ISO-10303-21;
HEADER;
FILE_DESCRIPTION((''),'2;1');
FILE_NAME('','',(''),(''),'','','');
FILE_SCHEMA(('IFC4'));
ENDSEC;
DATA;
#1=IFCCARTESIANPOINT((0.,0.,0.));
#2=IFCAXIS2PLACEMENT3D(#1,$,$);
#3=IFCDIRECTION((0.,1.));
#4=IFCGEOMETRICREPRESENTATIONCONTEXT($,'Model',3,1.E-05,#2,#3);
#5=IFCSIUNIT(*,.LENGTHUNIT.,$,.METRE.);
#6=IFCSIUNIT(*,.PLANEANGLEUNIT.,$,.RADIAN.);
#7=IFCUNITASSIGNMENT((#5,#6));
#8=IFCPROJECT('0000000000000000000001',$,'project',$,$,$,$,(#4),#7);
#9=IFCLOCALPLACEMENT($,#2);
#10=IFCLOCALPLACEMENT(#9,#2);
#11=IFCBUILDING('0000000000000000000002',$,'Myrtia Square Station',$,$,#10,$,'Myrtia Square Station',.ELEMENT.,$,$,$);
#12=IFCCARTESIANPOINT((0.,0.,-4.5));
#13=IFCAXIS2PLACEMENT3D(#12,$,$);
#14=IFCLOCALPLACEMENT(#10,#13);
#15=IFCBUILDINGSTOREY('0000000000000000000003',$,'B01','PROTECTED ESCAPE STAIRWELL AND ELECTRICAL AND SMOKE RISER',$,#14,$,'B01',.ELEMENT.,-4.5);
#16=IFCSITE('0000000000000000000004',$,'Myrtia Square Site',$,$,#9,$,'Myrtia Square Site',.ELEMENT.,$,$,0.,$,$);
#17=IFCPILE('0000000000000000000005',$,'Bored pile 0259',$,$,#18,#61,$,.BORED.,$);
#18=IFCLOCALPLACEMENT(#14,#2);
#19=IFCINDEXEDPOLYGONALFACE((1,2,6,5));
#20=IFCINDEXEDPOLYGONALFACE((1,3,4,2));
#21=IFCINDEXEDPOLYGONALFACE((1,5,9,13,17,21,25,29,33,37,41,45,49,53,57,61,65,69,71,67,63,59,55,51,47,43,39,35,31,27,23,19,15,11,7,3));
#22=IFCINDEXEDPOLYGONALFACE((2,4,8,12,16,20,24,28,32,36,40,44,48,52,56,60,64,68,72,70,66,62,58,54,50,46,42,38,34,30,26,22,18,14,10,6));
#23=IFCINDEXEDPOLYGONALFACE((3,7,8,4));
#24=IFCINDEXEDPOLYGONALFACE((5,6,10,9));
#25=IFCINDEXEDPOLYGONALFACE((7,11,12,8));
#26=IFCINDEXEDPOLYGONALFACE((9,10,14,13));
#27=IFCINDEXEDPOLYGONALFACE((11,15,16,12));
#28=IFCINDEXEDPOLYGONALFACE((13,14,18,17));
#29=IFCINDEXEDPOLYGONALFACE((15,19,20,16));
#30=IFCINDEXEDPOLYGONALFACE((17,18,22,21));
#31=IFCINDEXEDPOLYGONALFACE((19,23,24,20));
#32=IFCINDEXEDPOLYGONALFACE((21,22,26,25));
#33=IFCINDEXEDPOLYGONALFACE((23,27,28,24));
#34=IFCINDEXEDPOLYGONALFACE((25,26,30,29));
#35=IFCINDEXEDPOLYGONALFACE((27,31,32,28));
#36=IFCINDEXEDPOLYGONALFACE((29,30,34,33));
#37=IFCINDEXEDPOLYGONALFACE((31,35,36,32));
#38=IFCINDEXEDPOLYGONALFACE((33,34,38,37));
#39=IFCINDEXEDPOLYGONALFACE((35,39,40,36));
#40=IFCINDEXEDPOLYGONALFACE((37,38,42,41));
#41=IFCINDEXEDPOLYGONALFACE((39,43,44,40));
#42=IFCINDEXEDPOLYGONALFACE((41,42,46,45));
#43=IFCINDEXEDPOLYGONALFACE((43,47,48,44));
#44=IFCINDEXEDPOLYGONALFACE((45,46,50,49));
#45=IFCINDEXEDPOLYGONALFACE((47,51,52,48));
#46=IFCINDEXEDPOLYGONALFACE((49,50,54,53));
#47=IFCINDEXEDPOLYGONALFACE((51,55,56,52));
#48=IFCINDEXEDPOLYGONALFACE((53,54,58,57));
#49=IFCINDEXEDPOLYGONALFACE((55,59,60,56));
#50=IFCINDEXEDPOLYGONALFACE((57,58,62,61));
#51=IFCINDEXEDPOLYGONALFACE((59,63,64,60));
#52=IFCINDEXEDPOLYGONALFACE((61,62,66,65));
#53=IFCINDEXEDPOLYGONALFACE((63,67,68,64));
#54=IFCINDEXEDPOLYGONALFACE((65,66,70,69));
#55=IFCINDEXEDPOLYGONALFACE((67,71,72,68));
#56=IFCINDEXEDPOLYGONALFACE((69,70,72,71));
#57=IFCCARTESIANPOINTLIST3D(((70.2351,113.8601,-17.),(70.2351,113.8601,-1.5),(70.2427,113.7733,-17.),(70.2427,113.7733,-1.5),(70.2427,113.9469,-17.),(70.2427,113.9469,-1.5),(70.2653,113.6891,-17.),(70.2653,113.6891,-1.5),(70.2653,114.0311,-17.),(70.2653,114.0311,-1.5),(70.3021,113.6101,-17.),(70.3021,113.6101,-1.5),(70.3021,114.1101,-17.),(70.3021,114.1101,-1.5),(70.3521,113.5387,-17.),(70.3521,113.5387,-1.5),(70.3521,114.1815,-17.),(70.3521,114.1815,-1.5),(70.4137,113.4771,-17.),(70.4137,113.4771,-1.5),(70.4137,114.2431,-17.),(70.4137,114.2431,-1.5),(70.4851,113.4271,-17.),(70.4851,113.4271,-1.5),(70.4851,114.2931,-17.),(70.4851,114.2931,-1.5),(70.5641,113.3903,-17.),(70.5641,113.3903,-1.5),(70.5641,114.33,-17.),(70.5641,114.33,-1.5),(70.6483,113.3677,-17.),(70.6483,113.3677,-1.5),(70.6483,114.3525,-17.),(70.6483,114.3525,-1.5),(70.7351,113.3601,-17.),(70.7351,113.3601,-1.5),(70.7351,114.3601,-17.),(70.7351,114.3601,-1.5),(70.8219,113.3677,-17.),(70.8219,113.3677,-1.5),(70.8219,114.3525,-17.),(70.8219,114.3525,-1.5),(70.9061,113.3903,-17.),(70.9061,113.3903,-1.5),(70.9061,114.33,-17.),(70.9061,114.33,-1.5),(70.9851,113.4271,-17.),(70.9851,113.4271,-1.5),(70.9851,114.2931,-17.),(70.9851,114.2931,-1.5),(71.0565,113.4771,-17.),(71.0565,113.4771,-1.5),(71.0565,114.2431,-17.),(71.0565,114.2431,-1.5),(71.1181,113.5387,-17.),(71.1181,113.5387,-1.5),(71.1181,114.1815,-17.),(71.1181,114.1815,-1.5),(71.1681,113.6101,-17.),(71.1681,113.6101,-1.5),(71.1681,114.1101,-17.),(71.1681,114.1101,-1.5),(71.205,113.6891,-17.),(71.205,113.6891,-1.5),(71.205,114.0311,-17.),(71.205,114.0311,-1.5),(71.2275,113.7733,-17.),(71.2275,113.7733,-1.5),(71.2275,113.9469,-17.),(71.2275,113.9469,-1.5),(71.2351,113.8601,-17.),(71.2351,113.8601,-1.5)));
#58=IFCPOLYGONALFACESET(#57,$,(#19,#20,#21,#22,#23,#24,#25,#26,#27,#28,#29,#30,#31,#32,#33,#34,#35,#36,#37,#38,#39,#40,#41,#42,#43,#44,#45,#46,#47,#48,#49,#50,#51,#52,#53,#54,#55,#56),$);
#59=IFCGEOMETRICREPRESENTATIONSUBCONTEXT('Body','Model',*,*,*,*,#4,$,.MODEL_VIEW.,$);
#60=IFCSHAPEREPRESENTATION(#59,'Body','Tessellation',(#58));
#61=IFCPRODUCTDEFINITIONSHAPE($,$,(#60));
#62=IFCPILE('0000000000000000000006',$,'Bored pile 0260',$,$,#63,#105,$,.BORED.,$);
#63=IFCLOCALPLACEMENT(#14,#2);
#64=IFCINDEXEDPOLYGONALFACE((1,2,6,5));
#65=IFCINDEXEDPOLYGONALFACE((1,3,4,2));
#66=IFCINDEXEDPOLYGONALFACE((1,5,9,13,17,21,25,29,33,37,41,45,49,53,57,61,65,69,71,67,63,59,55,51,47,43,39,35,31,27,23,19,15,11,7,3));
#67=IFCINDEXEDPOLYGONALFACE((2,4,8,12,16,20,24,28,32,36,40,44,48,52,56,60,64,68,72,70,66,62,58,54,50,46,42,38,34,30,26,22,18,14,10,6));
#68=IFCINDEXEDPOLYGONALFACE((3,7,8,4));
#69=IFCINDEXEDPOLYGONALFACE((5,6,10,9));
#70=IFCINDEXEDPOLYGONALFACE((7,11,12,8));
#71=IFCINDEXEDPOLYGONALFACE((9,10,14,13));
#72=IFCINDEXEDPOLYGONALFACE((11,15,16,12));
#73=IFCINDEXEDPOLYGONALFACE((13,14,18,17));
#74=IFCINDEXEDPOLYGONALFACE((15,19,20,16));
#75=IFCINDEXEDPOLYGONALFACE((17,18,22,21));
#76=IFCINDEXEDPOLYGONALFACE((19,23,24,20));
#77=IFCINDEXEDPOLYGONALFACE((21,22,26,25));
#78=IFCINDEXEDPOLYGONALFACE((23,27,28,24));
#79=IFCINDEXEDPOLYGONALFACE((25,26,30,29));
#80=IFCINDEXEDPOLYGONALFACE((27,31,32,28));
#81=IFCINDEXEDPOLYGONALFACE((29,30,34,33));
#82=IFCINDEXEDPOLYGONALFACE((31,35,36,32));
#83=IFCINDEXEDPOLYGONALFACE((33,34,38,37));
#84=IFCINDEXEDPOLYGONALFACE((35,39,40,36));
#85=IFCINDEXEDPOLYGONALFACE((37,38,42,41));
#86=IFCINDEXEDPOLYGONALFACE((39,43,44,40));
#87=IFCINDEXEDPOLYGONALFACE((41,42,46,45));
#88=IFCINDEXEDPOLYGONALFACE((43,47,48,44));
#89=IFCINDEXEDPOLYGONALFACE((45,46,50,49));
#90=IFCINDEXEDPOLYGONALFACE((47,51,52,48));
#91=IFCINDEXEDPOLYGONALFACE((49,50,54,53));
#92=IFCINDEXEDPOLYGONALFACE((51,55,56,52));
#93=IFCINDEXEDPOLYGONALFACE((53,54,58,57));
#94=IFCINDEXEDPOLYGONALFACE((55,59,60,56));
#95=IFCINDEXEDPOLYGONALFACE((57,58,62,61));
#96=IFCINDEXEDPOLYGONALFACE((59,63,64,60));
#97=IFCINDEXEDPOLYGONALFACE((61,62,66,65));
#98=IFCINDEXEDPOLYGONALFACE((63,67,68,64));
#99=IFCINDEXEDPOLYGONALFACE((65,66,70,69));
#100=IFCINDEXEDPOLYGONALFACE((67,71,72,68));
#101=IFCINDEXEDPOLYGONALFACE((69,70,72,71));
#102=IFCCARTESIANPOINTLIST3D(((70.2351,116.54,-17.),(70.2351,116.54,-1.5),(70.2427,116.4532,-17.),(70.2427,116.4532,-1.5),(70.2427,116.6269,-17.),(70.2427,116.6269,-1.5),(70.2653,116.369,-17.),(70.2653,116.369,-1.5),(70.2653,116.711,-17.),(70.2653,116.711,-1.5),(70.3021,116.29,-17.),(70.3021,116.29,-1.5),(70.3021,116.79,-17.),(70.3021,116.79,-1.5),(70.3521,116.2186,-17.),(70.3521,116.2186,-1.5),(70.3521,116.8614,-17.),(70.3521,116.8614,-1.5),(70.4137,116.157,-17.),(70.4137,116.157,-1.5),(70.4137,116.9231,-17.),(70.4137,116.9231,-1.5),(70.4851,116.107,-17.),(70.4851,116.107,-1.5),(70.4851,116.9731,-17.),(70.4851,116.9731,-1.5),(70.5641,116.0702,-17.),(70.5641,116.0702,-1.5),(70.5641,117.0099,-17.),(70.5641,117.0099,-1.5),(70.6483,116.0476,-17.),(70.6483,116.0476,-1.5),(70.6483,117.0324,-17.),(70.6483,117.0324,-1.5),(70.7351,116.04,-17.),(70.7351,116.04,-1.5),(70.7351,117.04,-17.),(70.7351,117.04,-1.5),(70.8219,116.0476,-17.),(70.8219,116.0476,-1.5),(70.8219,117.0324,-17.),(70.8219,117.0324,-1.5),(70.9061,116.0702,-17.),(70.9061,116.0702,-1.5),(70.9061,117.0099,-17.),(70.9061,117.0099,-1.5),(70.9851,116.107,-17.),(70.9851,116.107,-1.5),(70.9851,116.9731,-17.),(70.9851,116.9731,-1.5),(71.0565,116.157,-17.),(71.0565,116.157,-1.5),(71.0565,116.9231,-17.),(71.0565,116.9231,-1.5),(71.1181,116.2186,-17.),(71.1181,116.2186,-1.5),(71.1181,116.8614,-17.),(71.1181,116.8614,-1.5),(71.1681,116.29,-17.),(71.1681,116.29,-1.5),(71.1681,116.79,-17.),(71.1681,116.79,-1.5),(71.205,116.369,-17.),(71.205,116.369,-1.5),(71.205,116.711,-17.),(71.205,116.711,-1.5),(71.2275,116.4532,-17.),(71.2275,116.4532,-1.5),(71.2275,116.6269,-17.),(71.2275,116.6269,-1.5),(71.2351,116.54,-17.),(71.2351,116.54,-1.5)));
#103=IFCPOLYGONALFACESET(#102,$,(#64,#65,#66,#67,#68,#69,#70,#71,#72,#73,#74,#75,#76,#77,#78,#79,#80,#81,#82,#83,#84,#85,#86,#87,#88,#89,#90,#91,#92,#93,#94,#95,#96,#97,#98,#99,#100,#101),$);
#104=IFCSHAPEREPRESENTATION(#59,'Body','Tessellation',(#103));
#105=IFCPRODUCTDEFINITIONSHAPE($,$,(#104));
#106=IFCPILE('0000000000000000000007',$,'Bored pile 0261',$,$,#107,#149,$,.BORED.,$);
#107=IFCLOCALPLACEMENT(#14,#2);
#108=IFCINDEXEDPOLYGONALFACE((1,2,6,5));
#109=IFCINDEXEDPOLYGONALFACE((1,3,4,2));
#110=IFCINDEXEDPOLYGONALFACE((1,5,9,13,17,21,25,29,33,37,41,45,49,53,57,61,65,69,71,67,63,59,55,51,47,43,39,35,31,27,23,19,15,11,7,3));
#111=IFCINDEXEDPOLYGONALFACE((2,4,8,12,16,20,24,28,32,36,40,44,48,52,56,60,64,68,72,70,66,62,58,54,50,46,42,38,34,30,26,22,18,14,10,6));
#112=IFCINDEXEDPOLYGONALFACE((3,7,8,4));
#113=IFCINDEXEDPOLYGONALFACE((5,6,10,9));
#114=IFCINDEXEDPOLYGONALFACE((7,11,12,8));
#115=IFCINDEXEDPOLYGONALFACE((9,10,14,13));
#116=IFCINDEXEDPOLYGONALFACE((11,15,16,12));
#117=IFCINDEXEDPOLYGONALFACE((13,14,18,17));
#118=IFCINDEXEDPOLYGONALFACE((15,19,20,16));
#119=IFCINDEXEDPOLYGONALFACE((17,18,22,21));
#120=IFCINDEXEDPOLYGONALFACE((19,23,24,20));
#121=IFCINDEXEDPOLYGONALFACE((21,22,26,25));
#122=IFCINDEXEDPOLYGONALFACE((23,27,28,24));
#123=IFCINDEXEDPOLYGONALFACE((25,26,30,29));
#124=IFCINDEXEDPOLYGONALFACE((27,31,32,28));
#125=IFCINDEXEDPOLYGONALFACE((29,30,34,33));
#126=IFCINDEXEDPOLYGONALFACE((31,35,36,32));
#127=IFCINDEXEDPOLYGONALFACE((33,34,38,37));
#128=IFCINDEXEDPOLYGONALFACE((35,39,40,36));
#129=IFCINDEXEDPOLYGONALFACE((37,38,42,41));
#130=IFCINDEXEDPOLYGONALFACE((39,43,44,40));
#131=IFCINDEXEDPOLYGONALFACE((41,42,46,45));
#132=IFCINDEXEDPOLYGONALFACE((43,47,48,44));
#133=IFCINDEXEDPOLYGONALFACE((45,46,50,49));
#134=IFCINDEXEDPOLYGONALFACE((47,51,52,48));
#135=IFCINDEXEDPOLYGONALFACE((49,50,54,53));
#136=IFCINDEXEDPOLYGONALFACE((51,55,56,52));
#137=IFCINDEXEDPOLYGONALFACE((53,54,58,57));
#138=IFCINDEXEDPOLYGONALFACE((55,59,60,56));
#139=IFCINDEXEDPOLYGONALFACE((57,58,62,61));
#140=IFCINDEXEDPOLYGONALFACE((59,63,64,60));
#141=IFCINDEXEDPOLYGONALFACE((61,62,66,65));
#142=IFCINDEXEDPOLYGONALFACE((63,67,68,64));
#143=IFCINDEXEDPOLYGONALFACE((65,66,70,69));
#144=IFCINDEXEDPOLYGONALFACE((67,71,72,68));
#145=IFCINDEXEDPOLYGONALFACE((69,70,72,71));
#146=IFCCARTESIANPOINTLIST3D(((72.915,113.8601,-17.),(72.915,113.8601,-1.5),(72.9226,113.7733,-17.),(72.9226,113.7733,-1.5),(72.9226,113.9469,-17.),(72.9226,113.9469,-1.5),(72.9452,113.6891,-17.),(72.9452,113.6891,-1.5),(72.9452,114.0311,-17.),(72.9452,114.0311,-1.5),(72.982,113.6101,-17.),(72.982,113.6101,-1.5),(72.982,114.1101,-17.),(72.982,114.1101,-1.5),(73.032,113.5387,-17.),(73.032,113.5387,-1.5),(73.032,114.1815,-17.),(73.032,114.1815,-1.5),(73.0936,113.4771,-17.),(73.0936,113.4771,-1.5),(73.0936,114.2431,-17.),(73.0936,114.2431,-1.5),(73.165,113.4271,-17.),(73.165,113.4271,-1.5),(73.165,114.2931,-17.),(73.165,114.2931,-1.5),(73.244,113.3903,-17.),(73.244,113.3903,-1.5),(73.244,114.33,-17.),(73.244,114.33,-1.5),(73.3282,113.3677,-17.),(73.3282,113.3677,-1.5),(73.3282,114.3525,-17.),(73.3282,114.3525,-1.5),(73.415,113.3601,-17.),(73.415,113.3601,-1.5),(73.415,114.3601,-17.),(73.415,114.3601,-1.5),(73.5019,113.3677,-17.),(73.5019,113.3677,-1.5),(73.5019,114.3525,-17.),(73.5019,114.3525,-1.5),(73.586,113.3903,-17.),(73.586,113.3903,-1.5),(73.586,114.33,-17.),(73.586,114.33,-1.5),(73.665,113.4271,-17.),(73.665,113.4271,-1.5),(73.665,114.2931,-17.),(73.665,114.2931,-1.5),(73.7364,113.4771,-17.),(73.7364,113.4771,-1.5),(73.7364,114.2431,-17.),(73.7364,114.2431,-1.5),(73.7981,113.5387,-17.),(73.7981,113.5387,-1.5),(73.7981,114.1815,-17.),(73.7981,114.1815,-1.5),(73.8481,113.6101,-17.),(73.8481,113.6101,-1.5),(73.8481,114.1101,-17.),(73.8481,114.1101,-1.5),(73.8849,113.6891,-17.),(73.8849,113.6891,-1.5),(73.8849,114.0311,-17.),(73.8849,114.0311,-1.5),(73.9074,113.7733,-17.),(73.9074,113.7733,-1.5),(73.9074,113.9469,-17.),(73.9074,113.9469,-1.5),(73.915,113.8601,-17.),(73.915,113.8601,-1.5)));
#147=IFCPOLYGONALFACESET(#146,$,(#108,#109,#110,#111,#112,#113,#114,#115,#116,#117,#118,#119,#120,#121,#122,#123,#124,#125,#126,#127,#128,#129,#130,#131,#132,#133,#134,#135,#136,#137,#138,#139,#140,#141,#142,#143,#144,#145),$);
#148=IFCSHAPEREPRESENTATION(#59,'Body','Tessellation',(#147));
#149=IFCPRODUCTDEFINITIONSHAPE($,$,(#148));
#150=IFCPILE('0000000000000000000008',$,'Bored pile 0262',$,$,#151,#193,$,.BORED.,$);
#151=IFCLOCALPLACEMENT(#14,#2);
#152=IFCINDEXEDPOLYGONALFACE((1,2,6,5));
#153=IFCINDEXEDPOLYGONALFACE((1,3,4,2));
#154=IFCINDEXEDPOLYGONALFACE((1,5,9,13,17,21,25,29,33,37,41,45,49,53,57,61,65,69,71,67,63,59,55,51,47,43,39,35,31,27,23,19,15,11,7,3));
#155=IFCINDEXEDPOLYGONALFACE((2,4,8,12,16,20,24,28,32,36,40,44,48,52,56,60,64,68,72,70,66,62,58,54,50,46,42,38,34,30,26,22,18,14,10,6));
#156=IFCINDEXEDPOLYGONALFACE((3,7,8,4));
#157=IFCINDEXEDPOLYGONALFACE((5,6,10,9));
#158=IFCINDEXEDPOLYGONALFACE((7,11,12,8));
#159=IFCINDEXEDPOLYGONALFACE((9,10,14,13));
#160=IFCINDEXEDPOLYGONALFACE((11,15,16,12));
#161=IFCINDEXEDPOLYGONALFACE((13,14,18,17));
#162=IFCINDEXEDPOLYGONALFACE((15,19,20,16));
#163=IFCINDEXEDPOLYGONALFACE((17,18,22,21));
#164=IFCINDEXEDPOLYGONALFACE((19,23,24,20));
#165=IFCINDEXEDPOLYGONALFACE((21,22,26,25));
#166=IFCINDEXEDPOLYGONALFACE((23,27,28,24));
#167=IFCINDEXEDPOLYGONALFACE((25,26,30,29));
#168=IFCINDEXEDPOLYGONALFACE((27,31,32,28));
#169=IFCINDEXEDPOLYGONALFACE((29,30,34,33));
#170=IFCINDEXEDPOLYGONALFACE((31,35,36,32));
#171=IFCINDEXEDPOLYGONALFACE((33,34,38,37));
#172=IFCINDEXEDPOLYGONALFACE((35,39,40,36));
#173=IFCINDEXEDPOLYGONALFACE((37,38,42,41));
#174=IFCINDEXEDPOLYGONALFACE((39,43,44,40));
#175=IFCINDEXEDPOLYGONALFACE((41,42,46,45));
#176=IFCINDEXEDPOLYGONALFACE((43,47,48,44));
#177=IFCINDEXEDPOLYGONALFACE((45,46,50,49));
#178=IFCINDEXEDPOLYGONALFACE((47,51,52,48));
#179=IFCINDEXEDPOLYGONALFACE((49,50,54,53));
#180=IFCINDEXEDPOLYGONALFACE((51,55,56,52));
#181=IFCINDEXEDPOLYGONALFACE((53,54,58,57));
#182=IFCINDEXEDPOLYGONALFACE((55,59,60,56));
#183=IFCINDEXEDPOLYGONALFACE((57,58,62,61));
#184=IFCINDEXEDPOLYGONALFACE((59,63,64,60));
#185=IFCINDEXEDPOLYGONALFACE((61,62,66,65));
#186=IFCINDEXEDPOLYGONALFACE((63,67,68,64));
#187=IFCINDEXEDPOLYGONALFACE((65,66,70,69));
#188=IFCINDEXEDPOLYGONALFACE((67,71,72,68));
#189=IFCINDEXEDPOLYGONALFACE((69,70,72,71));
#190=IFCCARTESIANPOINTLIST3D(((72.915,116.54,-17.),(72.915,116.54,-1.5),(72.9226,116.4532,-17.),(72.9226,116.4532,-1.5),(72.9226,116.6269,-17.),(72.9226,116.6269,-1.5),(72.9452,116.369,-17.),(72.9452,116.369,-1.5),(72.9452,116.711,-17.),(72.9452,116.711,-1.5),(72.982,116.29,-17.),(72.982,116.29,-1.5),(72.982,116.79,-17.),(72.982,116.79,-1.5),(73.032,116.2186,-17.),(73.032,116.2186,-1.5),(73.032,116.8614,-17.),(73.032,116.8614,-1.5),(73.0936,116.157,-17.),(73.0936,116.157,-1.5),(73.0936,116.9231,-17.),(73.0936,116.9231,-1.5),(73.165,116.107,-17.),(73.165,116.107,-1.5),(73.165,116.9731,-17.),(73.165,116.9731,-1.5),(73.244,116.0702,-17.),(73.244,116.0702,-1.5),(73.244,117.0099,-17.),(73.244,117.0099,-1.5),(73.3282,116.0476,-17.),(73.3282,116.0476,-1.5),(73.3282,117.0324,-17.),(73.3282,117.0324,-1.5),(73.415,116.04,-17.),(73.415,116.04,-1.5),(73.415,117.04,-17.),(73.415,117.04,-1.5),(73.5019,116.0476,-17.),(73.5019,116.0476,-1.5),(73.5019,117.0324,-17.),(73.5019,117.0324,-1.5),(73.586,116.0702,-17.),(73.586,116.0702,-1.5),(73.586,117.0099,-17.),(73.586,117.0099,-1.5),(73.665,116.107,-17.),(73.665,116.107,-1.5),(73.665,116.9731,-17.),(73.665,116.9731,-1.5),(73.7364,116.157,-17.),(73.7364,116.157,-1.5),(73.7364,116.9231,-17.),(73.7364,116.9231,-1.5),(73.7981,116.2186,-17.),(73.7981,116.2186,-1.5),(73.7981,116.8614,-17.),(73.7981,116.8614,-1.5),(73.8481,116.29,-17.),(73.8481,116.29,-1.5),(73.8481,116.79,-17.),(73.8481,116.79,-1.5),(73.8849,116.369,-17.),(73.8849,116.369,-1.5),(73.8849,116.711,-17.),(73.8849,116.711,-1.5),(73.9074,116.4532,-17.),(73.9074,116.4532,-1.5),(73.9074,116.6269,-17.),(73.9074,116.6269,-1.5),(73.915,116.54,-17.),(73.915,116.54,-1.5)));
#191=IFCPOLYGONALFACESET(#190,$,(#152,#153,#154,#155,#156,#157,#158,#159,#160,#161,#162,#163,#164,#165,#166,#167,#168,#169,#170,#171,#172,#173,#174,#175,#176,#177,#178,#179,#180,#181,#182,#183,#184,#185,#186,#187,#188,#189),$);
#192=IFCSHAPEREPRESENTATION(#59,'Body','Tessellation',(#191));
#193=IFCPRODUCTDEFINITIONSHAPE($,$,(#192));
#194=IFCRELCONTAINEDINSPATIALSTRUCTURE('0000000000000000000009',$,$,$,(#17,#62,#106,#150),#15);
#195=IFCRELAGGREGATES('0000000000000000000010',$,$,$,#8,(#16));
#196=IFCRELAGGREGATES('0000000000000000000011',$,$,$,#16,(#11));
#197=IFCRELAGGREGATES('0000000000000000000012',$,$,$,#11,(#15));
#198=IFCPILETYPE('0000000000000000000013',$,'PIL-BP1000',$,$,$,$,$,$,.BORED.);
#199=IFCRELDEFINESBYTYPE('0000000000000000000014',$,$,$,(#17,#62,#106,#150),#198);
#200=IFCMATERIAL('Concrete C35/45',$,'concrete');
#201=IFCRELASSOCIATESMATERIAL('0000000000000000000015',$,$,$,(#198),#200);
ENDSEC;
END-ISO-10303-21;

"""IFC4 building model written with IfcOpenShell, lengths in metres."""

from ifc_helpers import new_model, si_unit, direction, frame, origin, origin_2d, place, context, subcontext, project, spatial, circle, extrude, material, material_profile, profile_set, type_object, element, save


model = new_model("IFC4")

# Units and contexts
model_context = context("Model", 3, precision=1e-05, world=origin(), true_north=direction((0.0, 1.0)))
body_context = subcontext(model_context, "Body", "Model", "MODEL_VIEW")
ifc_project = project(units=[si_unit("LENGTHUNIT", "METRE"), si_unit("PLANEANGLEUNIT", "RADIAN")], contexts=[model_context])

# Site, building, storey
site_placement = place(None, origin())
site = spatial("IfcSite", under=ifc_project, at=site_placement, Name="Myrtia Square Site", LongName="Myrtia Square Site", CompositionType="ELEMENT", RefElevation=0.0)
building_placement = place(site_placement, origin())
building = spatial("IfcBuilding", under=site, at=building_placement, Name="Myrtia Square Station", LongName="Myrtia Square Station", CompositionType="ELEMENT")
storey_placement = place(building_placement, frame((0.0, 0.0, -4.5)))
storey = spatial("IfcBuildingStorey", under=building, at=storey_placement, Name="B01", Description="PROTECTED ESCAPE STAIRWELL AND ELECTRICAL AND SMOKE RISER", LongName="B01", CompositionType="ELEMENT", Elevation=-4.5)

# Shared definitions
ifc_material_1 = material(Name="Concrete C35/45", Category="concrete")

# Piles
ifc_material_profile_1 = material_profile(ifc_material_1, circle(Radius=0.5, at=origin_2d()), Name="BP D1000")
ifc_profile_set_1 = profile_set([ifc_material_profile_1], Name="Concrete C35/45")
pile_type_1 = type_object("IfcPileType", Name="PIL-BP1000", PredefinedType="BORED", material=ifc_profile_set_1)
for number, where, z_axis, x_axis, name in (
    (1, (70.7351, 113.8601, -1.5), (0.0, 0.0, -1.0), (1.0, 0.0, 0.0), "Bored pile 0259"),
    (2, (70.7351, 116.54, -1.5), (0.0, 0.0, -1.0), (1.0, 0.0, 0.0), "Bored pile 0260"),
    (3, (73.415, 113.8601, -1.5), (0.0, 0.0, -1.0), (1.0, 0.0, 0.0), "Bored pile 0261"),
    (4, (73.415, 116.54, -1.5), (0.0, 0.0, -1.0), (1.0, 0.0, 0.0), "Bored pile 0262"),
):
    element("IfcPile", number, at=place(storey_placement, frame(where, z_axis=z_axis, x_axis=x_axis)), inside=storey, type_object=pile_type_1, Name=name, PredefinedType="BORED", context=body_context, shape_type="SweptSolid", body=[
        extrude(circle(Radius=0.5, at=origin_2d()), origin(), (0.0, 0.0, 1.0), 15.5),
    ])

save(model, "model.ifc")
